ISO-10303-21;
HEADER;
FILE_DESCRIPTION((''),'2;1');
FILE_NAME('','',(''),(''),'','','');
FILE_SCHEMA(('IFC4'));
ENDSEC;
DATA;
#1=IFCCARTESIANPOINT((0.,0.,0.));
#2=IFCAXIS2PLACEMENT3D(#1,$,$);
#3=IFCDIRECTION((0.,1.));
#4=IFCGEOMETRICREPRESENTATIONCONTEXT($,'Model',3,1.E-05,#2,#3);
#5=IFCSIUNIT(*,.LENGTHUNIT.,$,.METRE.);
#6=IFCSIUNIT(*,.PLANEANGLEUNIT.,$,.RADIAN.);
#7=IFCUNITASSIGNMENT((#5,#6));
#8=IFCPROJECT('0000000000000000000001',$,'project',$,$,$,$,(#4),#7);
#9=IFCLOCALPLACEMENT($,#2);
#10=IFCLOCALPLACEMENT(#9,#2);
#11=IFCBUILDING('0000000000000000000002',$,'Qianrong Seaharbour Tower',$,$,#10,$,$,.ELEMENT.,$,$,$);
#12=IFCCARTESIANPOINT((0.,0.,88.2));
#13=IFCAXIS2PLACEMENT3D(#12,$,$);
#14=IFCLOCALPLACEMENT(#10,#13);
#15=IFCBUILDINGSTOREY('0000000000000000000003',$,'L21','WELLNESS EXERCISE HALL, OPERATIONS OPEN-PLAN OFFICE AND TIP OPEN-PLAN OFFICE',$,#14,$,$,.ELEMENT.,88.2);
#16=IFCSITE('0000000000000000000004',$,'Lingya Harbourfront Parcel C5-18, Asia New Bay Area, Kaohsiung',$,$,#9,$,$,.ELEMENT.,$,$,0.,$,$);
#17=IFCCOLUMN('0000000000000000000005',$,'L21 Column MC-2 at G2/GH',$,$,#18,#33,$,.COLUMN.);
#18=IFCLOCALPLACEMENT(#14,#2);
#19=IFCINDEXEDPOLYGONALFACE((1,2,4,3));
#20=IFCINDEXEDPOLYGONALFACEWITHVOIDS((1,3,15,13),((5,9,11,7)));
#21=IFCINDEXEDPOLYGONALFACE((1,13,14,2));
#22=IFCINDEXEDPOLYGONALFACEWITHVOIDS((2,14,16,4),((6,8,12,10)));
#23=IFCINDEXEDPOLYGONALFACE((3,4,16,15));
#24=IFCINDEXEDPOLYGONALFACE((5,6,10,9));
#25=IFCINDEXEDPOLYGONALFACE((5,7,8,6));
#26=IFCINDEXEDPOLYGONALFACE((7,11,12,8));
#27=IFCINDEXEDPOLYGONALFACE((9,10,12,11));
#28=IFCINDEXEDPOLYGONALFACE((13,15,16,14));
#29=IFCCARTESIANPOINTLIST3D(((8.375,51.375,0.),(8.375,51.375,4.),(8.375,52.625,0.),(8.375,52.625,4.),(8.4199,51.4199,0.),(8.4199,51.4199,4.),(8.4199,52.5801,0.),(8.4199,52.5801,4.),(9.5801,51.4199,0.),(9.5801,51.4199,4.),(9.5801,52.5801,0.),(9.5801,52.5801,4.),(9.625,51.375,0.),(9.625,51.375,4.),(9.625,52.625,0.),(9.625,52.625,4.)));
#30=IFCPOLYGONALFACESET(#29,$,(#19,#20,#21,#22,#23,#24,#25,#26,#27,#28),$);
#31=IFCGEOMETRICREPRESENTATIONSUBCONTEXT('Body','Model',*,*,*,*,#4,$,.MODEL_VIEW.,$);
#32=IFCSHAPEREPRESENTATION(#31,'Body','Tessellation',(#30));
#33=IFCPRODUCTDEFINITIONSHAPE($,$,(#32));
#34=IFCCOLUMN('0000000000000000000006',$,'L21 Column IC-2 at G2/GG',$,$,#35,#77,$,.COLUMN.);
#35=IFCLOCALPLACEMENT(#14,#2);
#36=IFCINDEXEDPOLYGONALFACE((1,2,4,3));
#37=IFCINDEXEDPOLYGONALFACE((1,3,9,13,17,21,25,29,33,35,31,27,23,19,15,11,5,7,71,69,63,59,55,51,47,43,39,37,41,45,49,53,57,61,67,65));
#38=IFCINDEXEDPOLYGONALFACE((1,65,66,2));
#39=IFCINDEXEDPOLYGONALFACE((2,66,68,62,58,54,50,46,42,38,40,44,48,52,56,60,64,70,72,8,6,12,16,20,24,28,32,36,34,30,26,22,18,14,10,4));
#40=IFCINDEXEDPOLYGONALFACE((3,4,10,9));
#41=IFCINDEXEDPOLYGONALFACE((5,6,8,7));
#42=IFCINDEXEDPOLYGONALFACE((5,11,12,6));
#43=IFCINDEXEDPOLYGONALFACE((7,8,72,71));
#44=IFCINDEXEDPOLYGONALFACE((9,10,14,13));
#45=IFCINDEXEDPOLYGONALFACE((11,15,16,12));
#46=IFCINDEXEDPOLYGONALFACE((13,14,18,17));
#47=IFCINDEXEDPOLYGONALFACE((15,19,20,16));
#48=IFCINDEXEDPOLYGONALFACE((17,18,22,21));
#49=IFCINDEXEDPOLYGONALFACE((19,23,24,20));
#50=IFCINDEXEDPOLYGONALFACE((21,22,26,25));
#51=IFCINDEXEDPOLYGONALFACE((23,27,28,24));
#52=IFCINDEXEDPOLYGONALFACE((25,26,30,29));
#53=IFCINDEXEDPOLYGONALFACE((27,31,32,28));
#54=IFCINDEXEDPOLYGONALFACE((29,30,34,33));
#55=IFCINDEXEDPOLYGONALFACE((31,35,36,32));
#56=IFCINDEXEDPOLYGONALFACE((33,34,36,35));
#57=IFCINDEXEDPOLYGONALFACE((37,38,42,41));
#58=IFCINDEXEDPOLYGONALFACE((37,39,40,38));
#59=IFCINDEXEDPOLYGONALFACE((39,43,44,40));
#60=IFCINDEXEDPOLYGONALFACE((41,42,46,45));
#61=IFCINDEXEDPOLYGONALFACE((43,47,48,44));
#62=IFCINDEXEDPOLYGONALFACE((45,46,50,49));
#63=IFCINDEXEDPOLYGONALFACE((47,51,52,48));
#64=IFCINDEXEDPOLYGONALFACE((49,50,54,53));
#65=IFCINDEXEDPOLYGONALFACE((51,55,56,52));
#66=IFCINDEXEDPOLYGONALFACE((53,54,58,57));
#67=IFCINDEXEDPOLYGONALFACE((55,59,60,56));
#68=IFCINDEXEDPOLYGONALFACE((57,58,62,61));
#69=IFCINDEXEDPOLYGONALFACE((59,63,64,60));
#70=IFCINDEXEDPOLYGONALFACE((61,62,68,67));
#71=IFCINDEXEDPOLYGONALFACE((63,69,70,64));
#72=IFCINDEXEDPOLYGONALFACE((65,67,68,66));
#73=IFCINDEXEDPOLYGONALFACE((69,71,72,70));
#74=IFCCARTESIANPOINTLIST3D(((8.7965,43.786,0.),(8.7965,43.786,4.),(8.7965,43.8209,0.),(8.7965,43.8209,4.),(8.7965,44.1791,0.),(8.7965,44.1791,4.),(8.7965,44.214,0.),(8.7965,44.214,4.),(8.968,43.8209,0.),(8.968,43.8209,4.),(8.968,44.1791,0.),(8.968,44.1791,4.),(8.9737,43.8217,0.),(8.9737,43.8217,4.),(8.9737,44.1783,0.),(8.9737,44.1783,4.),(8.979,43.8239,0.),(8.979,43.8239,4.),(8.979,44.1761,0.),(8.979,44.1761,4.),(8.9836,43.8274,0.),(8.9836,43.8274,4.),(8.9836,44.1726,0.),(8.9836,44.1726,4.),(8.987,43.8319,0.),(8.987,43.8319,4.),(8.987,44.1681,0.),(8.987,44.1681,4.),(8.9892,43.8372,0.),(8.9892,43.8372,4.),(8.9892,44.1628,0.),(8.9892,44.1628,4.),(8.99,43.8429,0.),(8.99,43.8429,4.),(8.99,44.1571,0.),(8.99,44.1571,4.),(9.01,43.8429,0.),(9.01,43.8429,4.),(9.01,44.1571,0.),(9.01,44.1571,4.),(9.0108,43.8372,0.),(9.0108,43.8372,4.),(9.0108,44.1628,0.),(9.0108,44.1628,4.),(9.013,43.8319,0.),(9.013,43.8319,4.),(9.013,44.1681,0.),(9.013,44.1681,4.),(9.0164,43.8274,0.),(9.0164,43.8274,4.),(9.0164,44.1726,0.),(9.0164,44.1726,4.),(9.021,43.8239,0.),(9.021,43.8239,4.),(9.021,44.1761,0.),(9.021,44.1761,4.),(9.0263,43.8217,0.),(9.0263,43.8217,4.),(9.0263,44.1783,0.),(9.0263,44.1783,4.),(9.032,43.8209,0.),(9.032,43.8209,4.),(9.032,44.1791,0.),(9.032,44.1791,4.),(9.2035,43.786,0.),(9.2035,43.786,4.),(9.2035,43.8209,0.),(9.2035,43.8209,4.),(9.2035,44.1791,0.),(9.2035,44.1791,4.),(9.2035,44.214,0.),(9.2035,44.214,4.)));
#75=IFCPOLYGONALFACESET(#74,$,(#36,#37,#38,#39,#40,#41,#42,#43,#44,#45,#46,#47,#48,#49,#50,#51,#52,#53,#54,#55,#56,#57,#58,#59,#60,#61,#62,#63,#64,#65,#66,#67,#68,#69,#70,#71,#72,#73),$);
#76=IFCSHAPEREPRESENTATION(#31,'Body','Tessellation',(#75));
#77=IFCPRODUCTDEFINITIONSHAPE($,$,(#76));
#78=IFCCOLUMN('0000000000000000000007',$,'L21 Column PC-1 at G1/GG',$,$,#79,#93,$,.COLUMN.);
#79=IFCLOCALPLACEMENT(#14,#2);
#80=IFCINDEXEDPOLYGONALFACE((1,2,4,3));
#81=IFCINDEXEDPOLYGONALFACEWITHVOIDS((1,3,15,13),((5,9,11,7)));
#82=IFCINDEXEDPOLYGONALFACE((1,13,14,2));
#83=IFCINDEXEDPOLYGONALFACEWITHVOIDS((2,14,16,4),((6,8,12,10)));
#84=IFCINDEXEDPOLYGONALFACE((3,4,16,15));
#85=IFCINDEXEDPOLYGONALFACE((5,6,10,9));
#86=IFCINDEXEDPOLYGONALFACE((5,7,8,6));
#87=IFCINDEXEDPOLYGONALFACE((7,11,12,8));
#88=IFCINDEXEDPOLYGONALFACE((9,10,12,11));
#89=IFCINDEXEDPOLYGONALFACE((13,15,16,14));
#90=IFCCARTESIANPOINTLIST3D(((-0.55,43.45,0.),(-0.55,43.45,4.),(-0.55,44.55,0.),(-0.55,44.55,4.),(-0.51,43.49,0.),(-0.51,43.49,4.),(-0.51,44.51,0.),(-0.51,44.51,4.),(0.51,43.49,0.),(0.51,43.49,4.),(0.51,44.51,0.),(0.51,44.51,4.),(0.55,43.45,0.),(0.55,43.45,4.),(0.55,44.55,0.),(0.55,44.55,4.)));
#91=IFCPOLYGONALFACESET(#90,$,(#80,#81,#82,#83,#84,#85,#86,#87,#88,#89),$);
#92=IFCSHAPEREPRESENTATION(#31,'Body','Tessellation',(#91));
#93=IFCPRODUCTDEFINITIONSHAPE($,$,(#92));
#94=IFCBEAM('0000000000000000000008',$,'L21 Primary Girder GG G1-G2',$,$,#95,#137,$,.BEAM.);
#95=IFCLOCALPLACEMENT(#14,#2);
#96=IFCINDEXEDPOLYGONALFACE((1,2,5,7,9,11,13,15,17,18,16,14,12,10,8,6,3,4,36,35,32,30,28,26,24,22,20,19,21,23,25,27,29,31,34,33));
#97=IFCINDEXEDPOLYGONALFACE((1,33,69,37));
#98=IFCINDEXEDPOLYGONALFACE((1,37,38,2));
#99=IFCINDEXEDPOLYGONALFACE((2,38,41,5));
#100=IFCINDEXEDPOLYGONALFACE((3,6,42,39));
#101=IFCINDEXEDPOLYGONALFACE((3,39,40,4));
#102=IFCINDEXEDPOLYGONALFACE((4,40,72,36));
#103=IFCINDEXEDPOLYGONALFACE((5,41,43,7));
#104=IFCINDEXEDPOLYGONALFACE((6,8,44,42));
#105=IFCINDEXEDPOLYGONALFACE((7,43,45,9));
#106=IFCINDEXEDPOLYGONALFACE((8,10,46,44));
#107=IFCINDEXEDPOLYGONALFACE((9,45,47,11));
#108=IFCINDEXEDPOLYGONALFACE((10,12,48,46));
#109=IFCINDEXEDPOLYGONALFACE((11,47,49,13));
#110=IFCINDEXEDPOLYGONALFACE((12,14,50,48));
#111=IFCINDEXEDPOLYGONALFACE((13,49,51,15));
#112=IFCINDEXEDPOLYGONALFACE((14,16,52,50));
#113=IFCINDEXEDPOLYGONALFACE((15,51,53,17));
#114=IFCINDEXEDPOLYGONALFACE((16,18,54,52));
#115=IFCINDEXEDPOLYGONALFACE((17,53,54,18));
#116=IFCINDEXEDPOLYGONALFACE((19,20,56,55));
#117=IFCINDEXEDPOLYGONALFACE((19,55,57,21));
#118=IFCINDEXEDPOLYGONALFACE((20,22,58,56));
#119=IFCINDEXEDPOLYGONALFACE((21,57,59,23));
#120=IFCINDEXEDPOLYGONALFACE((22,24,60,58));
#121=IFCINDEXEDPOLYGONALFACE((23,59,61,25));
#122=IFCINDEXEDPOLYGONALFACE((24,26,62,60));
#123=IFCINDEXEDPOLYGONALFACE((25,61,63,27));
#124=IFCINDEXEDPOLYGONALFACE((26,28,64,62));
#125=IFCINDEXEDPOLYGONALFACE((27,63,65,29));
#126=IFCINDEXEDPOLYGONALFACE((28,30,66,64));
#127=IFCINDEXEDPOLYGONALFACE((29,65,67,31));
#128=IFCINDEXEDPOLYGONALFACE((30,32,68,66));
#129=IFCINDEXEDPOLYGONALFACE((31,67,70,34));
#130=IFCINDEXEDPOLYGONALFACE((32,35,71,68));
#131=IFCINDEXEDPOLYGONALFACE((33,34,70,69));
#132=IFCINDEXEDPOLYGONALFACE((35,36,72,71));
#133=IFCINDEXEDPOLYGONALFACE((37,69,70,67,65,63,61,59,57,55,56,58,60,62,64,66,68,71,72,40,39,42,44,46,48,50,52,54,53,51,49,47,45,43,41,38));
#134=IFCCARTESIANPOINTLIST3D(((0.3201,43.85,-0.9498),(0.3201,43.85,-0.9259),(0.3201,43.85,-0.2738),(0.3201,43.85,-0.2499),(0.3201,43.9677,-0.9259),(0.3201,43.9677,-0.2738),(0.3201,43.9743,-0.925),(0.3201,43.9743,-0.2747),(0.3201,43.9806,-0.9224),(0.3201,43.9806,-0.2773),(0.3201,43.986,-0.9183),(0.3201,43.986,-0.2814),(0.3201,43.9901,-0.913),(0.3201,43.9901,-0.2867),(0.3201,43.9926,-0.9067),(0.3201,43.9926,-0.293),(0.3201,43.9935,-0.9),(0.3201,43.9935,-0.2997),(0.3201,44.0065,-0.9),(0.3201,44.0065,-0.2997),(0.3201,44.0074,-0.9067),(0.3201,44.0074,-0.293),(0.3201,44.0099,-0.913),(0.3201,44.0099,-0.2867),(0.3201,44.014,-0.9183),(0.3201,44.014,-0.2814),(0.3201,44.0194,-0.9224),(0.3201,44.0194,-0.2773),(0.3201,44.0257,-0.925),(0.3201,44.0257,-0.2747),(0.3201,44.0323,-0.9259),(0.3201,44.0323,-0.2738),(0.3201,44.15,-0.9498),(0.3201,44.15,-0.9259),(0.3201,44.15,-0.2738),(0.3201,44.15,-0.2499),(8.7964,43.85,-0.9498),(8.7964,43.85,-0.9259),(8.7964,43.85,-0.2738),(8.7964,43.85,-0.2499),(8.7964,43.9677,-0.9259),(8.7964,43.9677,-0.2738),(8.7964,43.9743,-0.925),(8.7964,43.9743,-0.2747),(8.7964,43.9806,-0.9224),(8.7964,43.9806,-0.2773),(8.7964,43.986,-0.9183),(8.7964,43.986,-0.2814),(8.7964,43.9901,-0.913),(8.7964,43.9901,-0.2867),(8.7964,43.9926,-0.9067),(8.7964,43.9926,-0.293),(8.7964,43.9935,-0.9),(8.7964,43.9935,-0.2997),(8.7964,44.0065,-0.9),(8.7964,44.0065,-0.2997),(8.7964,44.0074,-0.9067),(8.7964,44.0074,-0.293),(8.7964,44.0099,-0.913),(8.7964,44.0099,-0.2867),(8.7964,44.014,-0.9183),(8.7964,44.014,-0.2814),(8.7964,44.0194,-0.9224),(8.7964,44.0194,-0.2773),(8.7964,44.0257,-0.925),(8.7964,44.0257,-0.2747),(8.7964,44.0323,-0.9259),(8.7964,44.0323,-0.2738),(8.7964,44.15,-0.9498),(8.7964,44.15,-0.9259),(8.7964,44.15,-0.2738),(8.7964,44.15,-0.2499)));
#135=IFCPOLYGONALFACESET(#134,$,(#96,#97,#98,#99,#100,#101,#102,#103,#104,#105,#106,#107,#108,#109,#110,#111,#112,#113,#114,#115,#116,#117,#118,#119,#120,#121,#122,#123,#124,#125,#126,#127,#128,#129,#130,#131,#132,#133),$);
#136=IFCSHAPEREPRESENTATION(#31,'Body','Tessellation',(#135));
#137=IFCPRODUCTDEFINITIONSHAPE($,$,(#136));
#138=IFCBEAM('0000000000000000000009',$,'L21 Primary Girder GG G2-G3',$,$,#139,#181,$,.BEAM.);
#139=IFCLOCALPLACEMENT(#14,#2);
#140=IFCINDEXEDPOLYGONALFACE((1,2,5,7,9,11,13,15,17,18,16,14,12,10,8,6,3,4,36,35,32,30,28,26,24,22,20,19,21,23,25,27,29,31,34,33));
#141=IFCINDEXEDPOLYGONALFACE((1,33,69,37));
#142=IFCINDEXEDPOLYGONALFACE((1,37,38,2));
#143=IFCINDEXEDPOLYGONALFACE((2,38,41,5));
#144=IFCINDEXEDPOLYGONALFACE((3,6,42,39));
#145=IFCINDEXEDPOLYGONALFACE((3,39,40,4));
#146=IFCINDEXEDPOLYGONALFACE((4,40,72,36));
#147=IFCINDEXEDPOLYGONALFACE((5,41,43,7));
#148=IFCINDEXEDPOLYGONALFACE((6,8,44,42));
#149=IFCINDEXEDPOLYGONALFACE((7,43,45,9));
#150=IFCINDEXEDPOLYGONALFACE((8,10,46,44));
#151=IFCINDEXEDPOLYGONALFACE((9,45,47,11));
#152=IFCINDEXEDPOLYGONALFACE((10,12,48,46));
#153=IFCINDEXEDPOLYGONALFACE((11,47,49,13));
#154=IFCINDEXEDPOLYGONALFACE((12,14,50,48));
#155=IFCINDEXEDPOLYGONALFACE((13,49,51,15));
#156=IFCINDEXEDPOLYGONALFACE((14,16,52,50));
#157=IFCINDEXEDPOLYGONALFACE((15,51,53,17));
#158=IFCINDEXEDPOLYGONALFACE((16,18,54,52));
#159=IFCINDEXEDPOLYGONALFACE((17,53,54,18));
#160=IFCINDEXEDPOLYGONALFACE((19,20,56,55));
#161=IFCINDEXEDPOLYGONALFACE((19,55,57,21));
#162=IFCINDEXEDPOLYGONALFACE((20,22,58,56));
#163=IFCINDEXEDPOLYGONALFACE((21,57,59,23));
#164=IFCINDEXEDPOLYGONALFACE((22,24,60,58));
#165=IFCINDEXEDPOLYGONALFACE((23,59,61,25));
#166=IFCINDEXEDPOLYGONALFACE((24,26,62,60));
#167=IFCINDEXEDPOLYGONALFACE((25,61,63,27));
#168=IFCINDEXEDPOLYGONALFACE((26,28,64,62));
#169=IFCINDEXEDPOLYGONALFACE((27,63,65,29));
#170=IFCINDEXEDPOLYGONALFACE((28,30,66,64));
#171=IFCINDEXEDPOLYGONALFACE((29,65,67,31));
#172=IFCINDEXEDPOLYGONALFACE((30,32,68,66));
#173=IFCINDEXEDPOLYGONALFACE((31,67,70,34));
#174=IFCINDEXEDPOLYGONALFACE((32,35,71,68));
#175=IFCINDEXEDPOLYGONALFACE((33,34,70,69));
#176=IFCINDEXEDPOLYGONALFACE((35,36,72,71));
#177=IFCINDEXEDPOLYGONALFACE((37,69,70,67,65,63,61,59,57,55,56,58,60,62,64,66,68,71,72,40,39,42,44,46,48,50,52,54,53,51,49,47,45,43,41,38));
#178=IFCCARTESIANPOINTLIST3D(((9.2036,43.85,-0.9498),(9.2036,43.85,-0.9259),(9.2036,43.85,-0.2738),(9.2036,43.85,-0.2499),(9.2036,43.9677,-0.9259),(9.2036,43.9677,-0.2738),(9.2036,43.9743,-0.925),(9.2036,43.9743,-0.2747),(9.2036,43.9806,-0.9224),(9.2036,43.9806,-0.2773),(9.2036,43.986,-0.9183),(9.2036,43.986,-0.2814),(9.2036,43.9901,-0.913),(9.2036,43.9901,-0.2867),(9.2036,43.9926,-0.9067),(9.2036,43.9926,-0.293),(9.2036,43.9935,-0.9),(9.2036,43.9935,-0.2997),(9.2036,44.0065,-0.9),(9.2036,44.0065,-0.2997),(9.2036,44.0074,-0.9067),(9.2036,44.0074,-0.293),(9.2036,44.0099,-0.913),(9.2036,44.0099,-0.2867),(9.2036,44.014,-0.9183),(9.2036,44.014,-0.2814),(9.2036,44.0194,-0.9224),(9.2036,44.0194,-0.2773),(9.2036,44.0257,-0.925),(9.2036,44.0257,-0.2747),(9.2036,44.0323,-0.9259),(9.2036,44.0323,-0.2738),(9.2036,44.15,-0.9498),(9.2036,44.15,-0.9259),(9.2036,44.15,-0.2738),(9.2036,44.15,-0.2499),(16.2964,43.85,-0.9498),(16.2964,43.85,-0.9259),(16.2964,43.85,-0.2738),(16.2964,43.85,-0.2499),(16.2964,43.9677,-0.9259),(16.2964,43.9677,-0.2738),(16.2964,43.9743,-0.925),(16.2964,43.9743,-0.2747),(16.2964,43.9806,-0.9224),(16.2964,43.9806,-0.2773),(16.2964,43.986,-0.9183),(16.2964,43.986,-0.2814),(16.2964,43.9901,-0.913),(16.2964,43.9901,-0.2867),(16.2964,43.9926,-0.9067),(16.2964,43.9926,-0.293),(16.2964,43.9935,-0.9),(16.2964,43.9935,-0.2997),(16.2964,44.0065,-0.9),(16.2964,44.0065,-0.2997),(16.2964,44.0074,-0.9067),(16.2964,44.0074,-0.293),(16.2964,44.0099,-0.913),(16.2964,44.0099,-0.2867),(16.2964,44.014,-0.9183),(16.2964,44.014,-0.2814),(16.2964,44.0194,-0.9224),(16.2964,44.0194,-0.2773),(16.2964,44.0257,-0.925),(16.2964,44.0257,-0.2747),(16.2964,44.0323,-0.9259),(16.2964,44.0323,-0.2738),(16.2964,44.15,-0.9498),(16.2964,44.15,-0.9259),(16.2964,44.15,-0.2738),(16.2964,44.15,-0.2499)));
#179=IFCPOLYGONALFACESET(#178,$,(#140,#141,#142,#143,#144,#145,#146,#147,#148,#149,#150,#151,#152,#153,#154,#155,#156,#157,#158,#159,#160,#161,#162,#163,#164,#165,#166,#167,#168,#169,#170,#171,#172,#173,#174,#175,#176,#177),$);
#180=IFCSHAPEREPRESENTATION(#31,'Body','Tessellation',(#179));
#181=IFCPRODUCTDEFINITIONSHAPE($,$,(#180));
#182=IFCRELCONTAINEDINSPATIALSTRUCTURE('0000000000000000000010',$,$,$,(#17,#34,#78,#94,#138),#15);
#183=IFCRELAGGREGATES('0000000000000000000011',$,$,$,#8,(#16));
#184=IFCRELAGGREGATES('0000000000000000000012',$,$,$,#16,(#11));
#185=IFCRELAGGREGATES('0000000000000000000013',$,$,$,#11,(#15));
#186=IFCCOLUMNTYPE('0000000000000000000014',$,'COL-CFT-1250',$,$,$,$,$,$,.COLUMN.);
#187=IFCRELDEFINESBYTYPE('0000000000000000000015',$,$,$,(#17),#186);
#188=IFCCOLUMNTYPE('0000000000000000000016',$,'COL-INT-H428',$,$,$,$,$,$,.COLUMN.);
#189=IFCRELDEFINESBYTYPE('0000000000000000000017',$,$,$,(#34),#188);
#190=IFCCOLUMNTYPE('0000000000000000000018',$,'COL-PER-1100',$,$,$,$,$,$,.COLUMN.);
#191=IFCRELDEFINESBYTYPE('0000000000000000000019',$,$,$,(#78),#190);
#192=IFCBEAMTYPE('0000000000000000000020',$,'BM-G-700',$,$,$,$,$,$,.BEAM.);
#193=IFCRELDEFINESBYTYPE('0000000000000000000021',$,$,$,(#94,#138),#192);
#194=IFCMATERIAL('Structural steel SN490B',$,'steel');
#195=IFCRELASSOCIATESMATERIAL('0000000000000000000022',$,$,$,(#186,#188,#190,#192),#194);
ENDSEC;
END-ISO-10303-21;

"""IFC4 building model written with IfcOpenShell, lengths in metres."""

from ifc_helpers import new_model, si_unit, direction, frame, origin, origin_2d, place, context, subcontext, project, spatial, hollow_rectangle, i_section, extrude, material, material_profile, profile_set, type_object, element, save


model = new_model("IFC4")

# Units and contexts
model_context = context("Model", 3, precision=1e-05, world=origin(), true_north=direction((0.0, 1.0)))
body_context = subcontext(model_context, "Body", "Model", "MODEL_VIEW")
ifc_project = project(units=[si_unit("LENGTHUNIT", "METRE"), si_unit("PLANEANGLEUNIT", "RADIAN")], contexts=[model_context])

# Site, building, storey
site_placement = place(None, origin())
site = spatial("IfcSite", under=ifc_project, at=site_placement, Name="Lingya Harbourfront Parcel C5-18, Asia New Bay Area, Kaohsiung", CompositionType="ELEMENT", RefElevation=0.0)
building_placement = place(site_placement, origin())
building = spatial("IfcBuilding", under=site, at=building_placement, Name="Qianrong Seaharbour Tower", CompositionType="ELEMENT")
storey_placement = place(building_placement, frame((0.0, 0.0, 88.2)))
storey = spatial("IfcBuildingStorey", under=building, at=storey_placement, Name="L21", Description="WELLNESS EXERCISE HALL, OPERATIONS OPEN-PLAN OFFICE AND TIP OPEN-PLAN OFFICE", CompositionType="ELEMENT", Elevation=88.2)

# Columns
ifc_material_1 = material(Name="Structural steel SN490B", Category="steel")
ifc_material_profile_1 = material_profile(ifc_material_1, hollow_rectangle(XDim=1.25, YDim=1.25, WallThickness=0.0449, at=origin_2d()), Name="BOX1250x1250x45")
ifc_profile_set_1 = profile_set([ifc_material_profile_1], Name="Structural steel SN490B")
column_type_1 = type_object("IfcColumnType", Name="COL-CFT-1250", PredefinedType="COLUMN", material=ifc_profile_set_1)
column_1_placement = place(storey_placement, frame((9.0, 52.0, 0.0), z_axis=(0.0, 0.0, 1.0), x_axis=(1.0, 0.0, 0.0)))
element("IfcColumn", 1, at=column_1_placement, inside=storey, type_object=column_type_1, Name="L21 Column MC-2 at G2/GH", PredefinedType="COLUMN", context=body_context, shape_type="SweptSolid", body=[
    extrude(hollow_rectangle(XDim=1.25, YDim=1.25, WallThickness=0.0449, at=origin_2d()), origin(), (0.0, 0.0, 1.0), 4.0),
])
ifc_material_profile_2 = material_profile(ifc_material_1, i_section(OverallWidth=0.407, OverallDepth=0.428, WebThickness=0.02, FlangeThickness=0.0349, FilletRadius=0.022, at=origin_2d()), Name="H428x407x20x35")
ifc_profile_set_2 = profile_set([ifc_material_profile_2], Name="Structural steel SN490B")
column_type_2 = type_object("IfcColumnType", Name="COL-INT-H428", PredefinedType="COLUMN", material=ifc_profile_set_2)
column_2_placement = place(storey_placement, frame((9.0, 44.0, 0.0), z_axis=(0.0, 0.0, 1.0), x_axis=(1.0, 0.0, 0.0)))
element("IfcColumn", 2, at=column_2_placement, inside=storey, type_object=column_type_2, Name="L21 Column IC-2 at G2/GG", PredefinedType="COLUMN", context=body_context, shape_type="SweptSolid", body=[
    extrude(i_section(OverallWidth=0.407, OverallDepth=0.428, WebThickness=0.02, FlangeThickness=0.0349, FilletRadius=0.022, at=origin_2d()), origin(), (0.0, 0.0, 1.0), 4.0),
])
ifc_material_profile_3 = material_profile(ifc_material_1, hollow_rectangle(XDim=1.1001, YDim=1.1001, WallThickness=0.04, at=origin_2d()), Name="BOX1100x1100x40")
ifc_profile_set_3 = profile_set([ifc_material_profile_3], Name="Structural steel SN490B")
column_type_3 = type_object("IfcColumnType", Name="COL-PER-1100", PredefinedType="COLUMN", material=ifc_profile_set_3)
column_3_placement = place(storey_placement, frame((0.0, 44.0, 0.0), z_axis=(0.0, 0.0, 1.0), x_axis=(1.0, 0.0, 0.0)))
element("IfcColumn", 3, at=column_3_placement, inside=storey, type_object=column_type_3, Name="L21 Column PC-1 at G1/GG", PredefinedType="COLUMN", context=body_context, shape_type="SweptSolid", body=[
    extrude(hollow_rectangle(XDim=1.1001, YDim=1.1001, WallThickness=0.04, at=origin_2d()), origin(), (0.0, 0.0, 1.0), 4.0),
])

# Beams
ifc_material_profile_4 = material_profile(ifc_material_1, i_section(OverallWidth=0.3, OverallDepth=0.7, WebThickness=0.0129, FlangeThickness=0.0239, FilletRadius=0.0259, at=origin_2d()), Name="H700x300x13x24")
ifc_profile_set_4 = profile_set([ifc_material_profile_4], Name="Structural steel SN490B")
beam_type_1 = type_object("IfcBeamType", Name="BM-G-700", PredefinedType="BEAM", material=ifc_profile_set_4)
beam_1_placement = place(storey_placement, frame((0.3201, 44.0, -0.5999), z_axis=(1.0, 0.0, 0.0), x_axis=(0.0, 1.0, 0.0)))
element("IfcBeam", 4, at=beam_1_placement, inside=storey, type_object=beam_type_1, Name="L21 Primary Girder GG G1-G2", PredefinedType="BEAM", context=body_context, shape_type="SweptSolid", body=[
    extrude(i_section(OverallWidth=0.3, OverallDepth=0.7, WebThickness=0.0129, FlangeThickness=0.0239, FilletRadius=0.0259, at=origin_2d()), origin(), (0.0, 0.0, 1.0), 8.4763),
])
beam_2_placement = place(storey_placement, frame((9.2036, 44.0, -0.5999), z_axis=(1.0, 0.0, 0.0), x_axis=(0.0, 1.0, 0.0)))
element("IfcBeam", 5, at=beam_2_placement, inside=storey, type_object=beam_type_1, Name="L21 Primary Girder GG G2-G3", PredefinedType="BEAM", context=body_context, shape_type="SweptSolid", body=[
    extrude(i_section(OverallWidth=0.3, OverallDepth=0.7, WebThickness=0.0129, FlangeThickness=0.0239, FilletRadius=0.0259, at=origin_2d()), origin(), (0.0, 0.0, 1.0), 7.0928),
])

save(model, "model.ifc")
